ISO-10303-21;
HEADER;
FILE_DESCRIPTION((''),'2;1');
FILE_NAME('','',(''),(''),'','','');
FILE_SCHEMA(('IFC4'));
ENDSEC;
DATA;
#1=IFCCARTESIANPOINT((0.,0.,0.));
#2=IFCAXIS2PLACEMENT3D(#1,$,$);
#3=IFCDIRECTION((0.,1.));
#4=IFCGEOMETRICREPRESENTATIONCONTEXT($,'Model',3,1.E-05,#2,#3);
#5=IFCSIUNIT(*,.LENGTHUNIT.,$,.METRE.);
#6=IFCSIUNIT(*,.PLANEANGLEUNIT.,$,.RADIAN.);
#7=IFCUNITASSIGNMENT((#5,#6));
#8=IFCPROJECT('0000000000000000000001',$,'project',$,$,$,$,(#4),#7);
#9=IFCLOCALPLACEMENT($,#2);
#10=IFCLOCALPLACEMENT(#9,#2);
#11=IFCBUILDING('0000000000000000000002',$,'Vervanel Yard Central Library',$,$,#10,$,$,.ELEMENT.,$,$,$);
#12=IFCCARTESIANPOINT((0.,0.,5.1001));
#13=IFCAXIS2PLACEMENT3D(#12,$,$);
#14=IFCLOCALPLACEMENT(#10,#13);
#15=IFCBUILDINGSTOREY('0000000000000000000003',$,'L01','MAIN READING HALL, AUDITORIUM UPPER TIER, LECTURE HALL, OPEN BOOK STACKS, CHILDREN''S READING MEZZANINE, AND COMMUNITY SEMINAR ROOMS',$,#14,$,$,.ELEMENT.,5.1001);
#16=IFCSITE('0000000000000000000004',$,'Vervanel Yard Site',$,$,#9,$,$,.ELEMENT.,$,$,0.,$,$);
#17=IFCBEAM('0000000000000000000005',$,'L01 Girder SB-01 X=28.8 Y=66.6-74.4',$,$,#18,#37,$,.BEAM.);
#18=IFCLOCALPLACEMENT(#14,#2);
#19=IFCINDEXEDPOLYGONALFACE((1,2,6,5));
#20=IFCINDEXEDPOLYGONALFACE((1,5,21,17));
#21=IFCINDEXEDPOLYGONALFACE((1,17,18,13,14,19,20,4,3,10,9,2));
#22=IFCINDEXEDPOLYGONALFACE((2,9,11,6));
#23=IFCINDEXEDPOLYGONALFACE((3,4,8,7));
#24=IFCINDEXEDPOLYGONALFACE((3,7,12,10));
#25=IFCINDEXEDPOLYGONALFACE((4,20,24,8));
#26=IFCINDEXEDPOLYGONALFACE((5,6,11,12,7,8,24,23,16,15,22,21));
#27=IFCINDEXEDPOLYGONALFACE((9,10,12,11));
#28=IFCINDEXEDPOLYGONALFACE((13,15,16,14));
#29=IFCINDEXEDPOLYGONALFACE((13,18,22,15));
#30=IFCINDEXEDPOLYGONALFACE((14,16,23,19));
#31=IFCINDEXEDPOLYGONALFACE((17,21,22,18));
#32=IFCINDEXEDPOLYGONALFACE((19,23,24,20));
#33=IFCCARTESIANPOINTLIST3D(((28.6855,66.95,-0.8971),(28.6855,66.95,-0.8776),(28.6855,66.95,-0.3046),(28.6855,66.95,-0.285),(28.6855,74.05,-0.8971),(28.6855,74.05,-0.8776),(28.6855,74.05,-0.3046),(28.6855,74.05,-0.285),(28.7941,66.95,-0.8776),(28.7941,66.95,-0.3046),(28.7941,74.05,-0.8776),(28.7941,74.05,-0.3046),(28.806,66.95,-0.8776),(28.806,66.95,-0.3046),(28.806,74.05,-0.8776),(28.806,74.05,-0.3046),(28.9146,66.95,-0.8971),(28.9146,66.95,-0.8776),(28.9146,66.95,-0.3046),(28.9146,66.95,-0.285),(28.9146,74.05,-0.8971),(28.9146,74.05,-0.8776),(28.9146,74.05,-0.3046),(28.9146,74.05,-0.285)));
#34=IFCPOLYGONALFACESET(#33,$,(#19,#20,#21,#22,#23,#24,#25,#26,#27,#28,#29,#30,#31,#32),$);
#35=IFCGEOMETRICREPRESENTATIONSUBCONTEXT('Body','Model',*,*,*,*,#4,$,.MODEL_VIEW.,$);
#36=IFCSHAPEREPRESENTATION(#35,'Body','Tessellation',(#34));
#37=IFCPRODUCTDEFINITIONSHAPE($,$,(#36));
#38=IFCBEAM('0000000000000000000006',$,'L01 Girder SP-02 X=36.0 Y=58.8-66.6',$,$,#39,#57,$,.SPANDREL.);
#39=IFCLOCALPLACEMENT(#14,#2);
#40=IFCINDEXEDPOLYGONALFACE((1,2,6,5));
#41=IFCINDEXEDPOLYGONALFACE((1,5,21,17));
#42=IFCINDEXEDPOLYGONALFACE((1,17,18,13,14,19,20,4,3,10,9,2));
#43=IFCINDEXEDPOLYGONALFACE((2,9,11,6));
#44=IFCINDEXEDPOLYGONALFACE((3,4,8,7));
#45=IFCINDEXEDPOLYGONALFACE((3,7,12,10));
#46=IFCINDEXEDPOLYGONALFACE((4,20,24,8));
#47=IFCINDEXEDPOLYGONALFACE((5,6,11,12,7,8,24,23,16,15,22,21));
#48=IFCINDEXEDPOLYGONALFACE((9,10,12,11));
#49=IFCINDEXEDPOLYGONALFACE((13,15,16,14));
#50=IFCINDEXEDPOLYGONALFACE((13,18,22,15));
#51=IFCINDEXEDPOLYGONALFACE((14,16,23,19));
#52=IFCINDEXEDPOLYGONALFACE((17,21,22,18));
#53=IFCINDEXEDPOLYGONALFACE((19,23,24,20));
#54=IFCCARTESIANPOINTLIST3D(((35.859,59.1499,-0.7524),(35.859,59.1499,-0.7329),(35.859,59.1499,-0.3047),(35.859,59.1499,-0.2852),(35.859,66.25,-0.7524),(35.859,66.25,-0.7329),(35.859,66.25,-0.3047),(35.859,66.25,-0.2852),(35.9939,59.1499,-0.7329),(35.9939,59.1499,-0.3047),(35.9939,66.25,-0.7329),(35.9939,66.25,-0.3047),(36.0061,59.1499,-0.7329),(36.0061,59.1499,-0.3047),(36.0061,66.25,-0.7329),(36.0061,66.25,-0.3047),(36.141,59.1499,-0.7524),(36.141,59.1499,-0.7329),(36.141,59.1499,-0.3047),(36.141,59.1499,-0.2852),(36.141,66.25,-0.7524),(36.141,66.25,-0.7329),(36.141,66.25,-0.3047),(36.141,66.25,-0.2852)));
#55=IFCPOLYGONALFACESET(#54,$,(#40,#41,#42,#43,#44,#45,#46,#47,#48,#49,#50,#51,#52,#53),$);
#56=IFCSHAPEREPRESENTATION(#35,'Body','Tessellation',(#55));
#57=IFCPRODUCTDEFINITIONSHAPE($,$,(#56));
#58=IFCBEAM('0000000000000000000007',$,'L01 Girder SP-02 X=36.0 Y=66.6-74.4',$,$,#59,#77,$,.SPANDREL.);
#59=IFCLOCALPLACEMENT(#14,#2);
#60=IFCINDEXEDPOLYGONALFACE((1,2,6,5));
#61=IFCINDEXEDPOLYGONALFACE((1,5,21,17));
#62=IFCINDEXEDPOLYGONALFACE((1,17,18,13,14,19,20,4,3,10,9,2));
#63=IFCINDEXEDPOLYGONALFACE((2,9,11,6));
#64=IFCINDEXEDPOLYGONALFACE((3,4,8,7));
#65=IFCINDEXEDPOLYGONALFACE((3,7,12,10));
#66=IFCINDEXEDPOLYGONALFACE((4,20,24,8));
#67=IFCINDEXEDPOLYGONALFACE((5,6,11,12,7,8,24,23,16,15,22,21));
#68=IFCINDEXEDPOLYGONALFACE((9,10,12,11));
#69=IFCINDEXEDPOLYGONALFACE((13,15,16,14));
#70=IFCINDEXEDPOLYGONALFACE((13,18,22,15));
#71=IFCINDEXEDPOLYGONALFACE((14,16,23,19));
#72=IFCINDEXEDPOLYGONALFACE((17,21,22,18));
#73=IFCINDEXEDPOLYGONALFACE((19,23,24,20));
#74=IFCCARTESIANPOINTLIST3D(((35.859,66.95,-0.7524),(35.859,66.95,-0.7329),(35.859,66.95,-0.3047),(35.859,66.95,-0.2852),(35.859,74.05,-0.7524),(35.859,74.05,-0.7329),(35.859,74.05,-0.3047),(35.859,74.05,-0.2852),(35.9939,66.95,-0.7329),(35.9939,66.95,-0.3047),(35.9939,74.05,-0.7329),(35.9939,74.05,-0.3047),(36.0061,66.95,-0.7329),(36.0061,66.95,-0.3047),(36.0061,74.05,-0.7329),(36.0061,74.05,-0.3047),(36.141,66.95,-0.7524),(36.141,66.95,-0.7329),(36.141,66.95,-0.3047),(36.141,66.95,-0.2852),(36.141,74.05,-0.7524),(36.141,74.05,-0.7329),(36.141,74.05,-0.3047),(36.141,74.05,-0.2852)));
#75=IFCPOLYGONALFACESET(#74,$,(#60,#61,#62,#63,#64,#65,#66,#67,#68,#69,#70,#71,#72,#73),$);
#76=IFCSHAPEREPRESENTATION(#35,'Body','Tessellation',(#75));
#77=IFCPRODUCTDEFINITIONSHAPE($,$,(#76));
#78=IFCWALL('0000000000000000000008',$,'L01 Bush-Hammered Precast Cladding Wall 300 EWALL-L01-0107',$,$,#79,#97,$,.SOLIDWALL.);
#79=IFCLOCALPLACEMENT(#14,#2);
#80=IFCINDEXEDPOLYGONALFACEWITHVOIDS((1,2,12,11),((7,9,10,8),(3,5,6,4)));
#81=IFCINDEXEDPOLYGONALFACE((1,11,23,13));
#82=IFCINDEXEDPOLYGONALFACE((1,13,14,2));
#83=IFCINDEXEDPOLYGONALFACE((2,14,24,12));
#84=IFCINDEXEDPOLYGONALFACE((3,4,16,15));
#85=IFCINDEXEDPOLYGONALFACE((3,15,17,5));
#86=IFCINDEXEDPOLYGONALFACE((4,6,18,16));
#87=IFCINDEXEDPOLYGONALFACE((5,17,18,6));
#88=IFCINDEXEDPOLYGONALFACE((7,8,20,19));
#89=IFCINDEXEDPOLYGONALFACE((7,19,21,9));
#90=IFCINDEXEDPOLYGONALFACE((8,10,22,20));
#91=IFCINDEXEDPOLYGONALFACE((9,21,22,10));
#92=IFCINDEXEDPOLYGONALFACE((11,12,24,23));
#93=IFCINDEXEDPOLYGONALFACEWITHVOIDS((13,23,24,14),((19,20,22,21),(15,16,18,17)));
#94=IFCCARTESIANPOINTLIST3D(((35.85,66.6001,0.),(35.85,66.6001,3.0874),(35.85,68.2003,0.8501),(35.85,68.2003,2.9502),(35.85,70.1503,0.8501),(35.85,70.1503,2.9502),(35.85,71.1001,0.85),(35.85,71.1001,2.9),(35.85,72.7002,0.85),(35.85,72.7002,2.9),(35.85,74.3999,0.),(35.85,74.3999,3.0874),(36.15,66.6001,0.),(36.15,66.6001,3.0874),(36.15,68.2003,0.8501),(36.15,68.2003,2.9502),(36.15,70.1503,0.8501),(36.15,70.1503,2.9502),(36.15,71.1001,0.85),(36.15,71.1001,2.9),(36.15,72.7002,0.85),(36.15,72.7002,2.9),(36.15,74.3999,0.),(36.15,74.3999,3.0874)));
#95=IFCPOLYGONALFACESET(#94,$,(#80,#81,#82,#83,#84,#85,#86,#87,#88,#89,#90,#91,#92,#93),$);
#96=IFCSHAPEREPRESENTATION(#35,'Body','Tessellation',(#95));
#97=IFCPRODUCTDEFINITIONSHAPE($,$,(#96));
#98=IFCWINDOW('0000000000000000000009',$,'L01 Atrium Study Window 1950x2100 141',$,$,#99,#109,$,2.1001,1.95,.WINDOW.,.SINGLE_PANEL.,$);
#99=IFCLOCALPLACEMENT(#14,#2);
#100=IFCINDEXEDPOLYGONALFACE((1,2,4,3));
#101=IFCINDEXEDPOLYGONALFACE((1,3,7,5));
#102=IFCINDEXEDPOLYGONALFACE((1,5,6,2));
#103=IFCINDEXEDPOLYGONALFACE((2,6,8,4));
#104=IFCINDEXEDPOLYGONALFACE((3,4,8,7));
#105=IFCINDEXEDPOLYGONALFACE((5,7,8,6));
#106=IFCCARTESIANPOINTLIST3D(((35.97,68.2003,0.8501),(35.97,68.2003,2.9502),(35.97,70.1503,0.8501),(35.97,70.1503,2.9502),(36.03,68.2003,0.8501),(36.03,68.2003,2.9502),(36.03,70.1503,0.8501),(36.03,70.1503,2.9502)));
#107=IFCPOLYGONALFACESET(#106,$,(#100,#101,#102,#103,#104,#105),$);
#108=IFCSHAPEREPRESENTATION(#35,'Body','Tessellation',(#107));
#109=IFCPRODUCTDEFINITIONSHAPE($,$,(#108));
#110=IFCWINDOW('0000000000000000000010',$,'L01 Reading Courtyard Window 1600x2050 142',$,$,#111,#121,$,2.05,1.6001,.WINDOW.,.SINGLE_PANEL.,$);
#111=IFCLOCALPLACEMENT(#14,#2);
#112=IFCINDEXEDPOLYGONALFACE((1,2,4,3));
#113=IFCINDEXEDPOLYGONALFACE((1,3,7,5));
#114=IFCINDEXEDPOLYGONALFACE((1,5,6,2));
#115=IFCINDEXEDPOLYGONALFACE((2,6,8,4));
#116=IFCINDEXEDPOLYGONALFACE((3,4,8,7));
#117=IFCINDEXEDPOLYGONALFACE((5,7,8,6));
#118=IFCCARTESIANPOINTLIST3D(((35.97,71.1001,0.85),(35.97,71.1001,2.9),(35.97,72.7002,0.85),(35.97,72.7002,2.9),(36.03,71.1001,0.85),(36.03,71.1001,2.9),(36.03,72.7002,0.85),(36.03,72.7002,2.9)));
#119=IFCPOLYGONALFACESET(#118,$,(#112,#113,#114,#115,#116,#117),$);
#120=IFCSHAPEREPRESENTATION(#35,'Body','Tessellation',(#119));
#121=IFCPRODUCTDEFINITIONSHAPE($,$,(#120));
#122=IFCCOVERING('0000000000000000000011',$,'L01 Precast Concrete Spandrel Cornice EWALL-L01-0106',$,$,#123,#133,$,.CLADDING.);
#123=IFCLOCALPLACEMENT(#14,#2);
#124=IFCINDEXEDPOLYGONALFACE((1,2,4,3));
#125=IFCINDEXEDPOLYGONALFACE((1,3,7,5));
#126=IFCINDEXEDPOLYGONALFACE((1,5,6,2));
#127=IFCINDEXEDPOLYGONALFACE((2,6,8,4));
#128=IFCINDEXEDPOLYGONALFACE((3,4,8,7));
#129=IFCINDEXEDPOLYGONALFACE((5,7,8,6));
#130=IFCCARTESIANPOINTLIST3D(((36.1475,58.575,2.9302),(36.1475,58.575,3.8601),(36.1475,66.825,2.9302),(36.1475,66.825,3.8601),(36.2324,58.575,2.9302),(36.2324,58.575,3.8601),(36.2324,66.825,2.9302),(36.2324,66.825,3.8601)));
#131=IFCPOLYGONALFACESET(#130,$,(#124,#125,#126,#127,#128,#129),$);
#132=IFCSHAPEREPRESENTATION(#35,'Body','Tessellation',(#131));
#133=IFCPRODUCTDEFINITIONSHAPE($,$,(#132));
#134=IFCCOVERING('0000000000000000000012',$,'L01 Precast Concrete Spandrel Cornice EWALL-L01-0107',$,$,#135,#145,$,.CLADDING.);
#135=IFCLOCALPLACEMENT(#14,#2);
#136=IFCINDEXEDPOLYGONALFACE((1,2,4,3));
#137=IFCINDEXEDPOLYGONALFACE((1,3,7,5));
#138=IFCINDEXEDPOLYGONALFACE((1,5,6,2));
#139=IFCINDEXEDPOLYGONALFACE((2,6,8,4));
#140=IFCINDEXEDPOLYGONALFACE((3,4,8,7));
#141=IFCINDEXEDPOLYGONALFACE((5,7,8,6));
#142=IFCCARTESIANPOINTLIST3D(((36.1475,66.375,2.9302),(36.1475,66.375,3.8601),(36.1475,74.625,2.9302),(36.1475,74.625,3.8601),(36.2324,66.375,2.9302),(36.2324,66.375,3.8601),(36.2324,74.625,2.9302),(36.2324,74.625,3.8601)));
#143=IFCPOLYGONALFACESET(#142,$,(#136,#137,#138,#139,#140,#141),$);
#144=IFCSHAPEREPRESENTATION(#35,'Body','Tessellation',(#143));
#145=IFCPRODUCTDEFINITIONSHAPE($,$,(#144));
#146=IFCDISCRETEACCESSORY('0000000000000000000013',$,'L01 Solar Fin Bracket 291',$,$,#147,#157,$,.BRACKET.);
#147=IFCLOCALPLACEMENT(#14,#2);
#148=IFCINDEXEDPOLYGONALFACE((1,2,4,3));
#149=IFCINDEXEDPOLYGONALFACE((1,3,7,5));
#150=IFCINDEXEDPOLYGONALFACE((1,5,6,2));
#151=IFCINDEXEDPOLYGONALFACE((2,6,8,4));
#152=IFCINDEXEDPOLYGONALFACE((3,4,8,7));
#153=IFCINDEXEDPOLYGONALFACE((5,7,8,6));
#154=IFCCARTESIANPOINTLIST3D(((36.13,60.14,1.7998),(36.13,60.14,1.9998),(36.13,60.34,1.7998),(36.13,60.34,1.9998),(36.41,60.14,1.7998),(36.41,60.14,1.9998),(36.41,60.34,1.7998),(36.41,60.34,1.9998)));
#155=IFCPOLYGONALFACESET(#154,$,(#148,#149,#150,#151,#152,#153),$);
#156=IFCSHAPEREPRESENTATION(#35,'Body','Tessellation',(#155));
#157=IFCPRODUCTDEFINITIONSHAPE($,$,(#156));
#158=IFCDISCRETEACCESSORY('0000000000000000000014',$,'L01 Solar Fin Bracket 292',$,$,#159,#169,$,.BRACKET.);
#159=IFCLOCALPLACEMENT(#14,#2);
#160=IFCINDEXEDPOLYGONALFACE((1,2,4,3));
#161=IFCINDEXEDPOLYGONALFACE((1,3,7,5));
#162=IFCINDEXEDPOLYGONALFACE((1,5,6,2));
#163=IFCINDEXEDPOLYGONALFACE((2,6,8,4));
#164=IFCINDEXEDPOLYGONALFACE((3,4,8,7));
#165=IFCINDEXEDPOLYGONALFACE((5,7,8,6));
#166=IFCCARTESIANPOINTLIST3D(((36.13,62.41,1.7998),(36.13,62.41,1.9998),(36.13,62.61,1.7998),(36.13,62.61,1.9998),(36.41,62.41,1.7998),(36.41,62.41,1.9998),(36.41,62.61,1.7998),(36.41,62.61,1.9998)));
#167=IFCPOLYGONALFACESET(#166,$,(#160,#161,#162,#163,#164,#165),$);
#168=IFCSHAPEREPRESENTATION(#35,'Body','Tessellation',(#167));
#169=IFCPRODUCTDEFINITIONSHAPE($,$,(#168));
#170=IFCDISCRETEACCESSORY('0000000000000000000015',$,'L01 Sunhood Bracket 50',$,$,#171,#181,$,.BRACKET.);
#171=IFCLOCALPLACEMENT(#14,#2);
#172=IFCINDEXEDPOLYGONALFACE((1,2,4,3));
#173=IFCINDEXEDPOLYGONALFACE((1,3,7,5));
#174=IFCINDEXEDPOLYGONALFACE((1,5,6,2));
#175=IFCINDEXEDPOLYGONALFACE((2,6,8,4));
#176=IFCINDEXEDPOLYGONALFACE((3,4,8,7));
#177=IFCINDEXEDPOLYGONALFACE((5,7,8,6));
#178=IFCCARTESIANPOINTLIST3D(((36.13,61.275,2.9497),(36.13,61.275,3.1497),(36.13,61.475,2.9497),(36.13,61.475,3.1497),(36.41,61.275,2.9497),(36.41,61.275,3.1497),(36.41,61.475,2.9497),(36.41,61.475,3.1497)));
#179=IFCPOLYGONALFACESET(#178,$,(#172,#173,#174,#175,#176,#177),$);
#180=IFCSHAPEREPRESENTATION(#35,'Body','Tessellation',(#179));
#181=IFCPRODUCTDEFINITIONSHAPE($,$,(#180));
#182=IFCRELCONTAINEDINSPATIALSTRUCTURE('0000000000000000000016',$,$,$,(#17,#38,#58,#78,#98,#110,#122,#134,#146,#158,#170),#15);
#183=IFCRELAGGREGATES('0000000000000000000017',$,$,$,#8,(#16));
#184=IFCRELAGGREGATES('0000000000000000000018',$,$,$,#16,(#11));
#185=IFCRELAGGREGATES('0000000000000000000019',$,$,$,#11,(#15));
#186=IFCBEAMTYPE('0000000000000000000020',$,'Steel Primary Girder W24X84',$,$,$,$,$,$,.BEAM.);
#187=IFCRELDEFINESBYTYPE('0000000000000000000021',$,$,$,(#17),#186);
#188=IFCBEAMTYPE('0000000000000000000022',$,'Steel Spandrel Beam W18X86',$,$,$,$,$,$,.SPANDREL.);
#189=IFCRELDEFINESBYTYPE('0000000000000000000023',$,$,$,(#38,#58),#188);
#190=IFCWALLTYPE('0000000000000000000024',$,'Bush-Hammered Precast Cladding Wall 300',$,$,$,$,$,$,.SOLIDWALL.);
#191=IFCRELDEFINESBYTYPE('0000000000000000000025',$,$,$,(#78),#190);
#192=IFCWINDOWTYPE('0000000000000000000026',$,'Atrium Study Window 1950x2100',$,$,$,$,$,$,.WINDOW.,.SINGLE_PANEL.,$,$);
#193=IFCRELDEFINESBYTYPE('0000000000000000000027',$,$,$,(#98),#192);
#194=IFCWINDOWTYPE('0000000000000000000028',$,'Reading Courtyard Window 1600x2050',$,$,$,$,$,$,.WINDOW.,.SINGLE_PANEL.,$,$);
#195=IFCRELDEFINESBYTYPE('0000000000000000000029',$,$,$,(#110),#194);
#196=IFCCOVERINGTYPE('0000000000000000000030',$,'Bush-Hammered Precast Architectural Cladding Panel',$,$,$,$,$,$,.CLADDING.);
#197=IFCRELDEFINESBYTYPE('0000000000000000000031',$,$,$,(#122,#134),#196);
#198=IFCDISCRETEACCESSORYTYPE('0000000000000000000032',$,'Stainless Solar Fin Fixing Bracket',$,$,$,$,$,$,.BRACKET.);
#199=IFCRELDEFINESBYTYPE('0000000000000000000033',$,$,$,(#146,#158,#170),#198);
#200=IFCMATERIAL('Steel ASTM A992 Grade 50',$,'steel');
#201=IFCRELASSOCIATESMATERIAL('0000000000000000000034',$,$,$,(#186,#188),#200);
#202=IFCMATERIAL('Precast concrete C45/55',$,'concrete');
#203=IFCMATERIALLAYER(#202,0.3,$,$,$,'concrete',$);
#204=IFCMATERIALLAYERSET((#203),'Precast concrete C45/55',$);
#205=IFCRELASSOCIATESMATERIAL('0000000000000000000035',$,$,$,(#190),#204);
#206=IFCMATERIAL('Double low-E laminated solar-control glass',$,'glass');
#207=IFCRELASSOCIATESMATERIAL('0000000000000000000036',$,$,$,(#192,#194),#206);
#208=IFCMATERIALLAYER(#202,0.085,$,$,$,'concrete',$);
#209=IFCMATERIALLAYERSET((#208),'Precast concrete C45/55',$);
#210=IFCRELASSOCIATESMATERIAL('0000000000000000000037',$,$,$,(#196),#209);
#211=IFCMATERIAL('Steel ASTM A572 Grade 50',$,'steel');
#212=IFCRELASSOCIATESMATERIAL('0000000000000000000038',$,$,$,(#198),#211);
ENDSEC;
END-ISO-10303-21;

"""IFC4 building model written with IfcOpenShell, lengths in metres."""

from ifc_helpers import new_model, si_unit, direction, frame, frame_2d, origin, origin_2d, place, context, subcontext, project, spatial, rectangle, i_section, extrude, material, layer, layer_set, material_profile, profile_set, type_object, element, fill, save


model = new_model("IFC4")

# Units and contexts
model_context = context("Model", 3, precision=1e-05, world=origin(), true_north=direction((0.0, 1.0)))
body_context = subcontext(model_context, "Body", "Model", "MODEL_VIEW")
ifc_project = project(units=[si_unit("LENGTHUNIT", "METRE"), si_unit("PLANEANGLEUNIT", "RADIAN")], contexts=[model_context])

# Site, building, storey
site_placement = place(None, origin())
site = spatial("IfcSite", under=ifc_project, at=site_placement, Name="Vervanel Yard Site", CompositionType="ELEMENT", RefElevation=0.0)
building_placement = place(site_placement, origin())
building = spatial("IfcBuilding", under=site, at=building_placement, Name="Vervanel Yard Central Library", CompositionType="ELEMENT")
storey_placement = place(building_placement, frame((0.0, 0.0, 5.1001)))
storey = spatial("IfcBuildingStorey", under=building, at=storey_placement, Name="L01", Description="MAIN READING HALL, AUDITORIUM UPPER TIER, LECTURE HALL, OPEN BOOK STACKS, CHILDREN'S READING MEZZANINE, AND COMMUNITY SEMINAR ROOMS", CompositionType="ELEMENT", Elevation=5.1001)

# Beams
ifc_material_1 = material(Name="Steel ASTM A992 Grade 50", Category="steel")
ifc_material_profile_1 = material_profile(ifc_material_1, i_section(OverallWidth=0.229, OverallDepth=0.6121, WebThickness=0.012, FlangeThickness=0.0195, at=origin_2d()), Name="W24X84", Category="steel")
ifc_profile_set_1 = profile_set([ifc_material_profile_1], Name="Steel ASTM A992 Grade 50")
beam_type_1 = type_object("IfcBeamType", Name="Steel Primary Girder W24X84", PredefinedType="BEAM", material=ifc_profile_set_1)
beam_1_placement = place(storey_placement, frame((28.8, 66.95, -0.5911), z_axis=(0.0, 1.0, 0.0), x_axis=(-1.0, 0.0, 0.0)))
element("IfcBeam", 1, at=beam_1_placement, inside=storey, type_object=beam_type_1, Name="L01 Girder SB-01 X=28.8 Y=66.6-74.4", PredefinedType="BEAM", context=body_context, shape_type="SweptSolid", body=[
    extrude(i_section(OverallWidth=0.229, OverallDepth=0.6121, WebThickness=0.012, FlangeThickness=0.0195, at=origin_2d()), origin(), (0.0, 0.0, 1.0), 7.1001),
])
ifc_material_profile_2 = material_profile(ifc_material_1, i_section(OverallWidth=0.282, OverallDepth=0.4673, WebThickness=0.0122, FlangeThickness=0.0195, at=origin_2d()), Name="W18X86", Category="steel")
ifc_profile_set_2 = profile_set([ifc_material_profile_2], Name="Steel ASTM A992 Grade 50")
beam_type_2 = type_object("IfcBeamType", Name="Steel Spandrel Beam W18X86", PredefinedType="SPANDREL", material=ifc_profile_set_2)
for number, where, z_axis, x_axis, name in (
    (2, (36.0, 59.1499, -0.5188), (0.0, 1.0, 0.0), (-1.0, 0.0, 0.0), "L01 Girder SP-02 X=36.0 Y=58.8-66.6"),
    (3, (36.0, 66.95, -0.5188), (0.0, 1.0, 0.0), (-1.0, 0.0, 0.0), "L01 Girder SP-02 X=36.0 Y=66.6-74.4"),
):
    element("IfcBeam", number, at=place(storey_placement, frame(where, z_axis=z_axis, x_axis=x_axis)), inside=storey, type_object=beam_type_2, Name=name, PredefinedType="SPANDREL", context=body_context, shape_type="SweptSolid", body=[
        extrude(i_section(OverallWidth=0.282, OverallDepth=0.4673, WebThickness=0.0122, FlangeThickness=0.0195, at=origin_2d()), origin(), (0.0, 0.0, 1.0), 7.1001),
    ])

# Wall, openings, windows
ifc_material_2 = material(Name="Precast concrete C45/55", Category="concrete")
ifc_layer_1 = layer(ifc_material_2, 0.3, Category="concrete")
ifc_layer_set_1 = layer_set([ifc_layer_1], Name="Precast concrete C45/55")
wall_type = type_object("IfcWallType", Name="Bush-Hammered Precast Cladding Wall 300", PredefinedType="SOLIDWALL", material=ifc_layer_set_1)
wall_placement = place(storey_placement, frame((36.0, 66.6001, 0.0), z_axis=(0.0, 0.0, 1.0), x_axis=(0.0, 1.0, 0.0)))
wall = element("IfcWall", 4, at=wall_placement, inside=storey, type_object=wall_type, Name="L01 Bush-Hammered Precast Cladding Wall 300 EWALL-L01-0107", PredefinedType="SOLIDWALL", context=body_context, shape_type="SweptSolid", body=[
    extrude(rectangle(XDim=7.7998, YDim=0.3, at=frame_2d((3.8999, 0.0))), origin(), (0.0, 0.0, 1.0), 3.0874),
])
opening_1_placement = place(wall_placement, frame((1.6001, 0.0, 0.8501)))
opening_1 = element("IfcOpeningElement", 5, at=opening_1_placement, cuts=wall, PredefinedType="OPENING", context=body_context, shape_type="SweptSolid", body=[
    extrude(rectangle(XDim=1.95, YDim=2.1001, at=frame_2d((0.9751, 1.05))), frame((0.0, 0.1599, 0.0), z_axis=(0.0, -1.0, 0.0), x_axis=(1.0, 0.0, 0.0)), (0.0, 0.0, 1.0), 0.3201),
])
opening_2_placement = place(wall_placement, frame((4.5, 0.0, 0.8501)))
opening_2 = element("IfcOpeningElement", 6, at=opening_2_placement, cuts=wall, PredefinedType="OPENING", context=body_context, shape_type="SweptSolid", body=[
    extrude(rectangle(XDim=1.6001, YDim=2.05, at=frame_2d((0.8, 1.0249))), frame((0.0, 0.1599, 0.0), z_axis=(0.0, -1.0, 0.0), x_axis=(1.0, 0.0, 0.0)), (0.0, 0.0, 1.0), 0.3201),
])
ifc_material_3 = material(Name="Double low-E laminated solar-control glass", Category="glass")
window_type_1 = type_object("IfcWindowType", Name="Atrium Study Window 1950x2100", PartitioningType="SINGLE_PANEL", PredefinedType="WINDOW", material=ifc_material_3)
window_1_placement = place(opening_1_placement, origin())
window_1 = element("IfcWindow", 7, at=window_1_placement, inside=storey, type_object=window_type_1, Name="L01 Atrium Study Window 1950x2100 141", OverallHeight=2.1001, OverallWidth=1.95, PartitioningType="SINGLE_PANEL", PredefinedType="WINDOW", context=body_context, shape_type="SweptSolid", body=[
    extrude(rectangle(XDim=1.95, YDim=2.1001, at=frame_2d((0.9751, 1.05))), frame((0.0, 0.03, 0.0), z_axis=(0.0, -1.0, 0.0), x_axis=(1.0, 0.0, 0.0)), (0.0, 0.0, 1.0), 0.0601),
])
fill(opening_1, window_1)
window_type_2 = type_object("IfcWindowType", Name="Reading Courtyard Window 1600x2050", PartitioningType="SINGLE_PANEL", PredefinedType="WINDOW", material=ifc_material_3)
window_2_placement = place(opening_2_placement, origin())
window_2 = element("IfcWindow", 8, at=window_2_placement, inside=storey, type_object=window_type_2, Name="L01 Reading Courtyard Window 1600x2050 142", OverallHeight=2.05, OverallWidth=1.6001, PartitioningType="SINGLE_PANEL", PredefinedType="WINDOW", context=body_context, shape_type="SweptSolid", body=[
    extrude(rectangle(XDim=1.6001, YDim=2.05, at=frame_2d((0.8, 1.0249))), frame((0.0, 0.03, 0.0), z_axis=(0.0, -1.0, 0.0), x_axis=(1.0, 0.0, 0.0)), (0.0, 0.0, 1.0), 0.0601),
])
fill(opening_2, window_2)

# Coverings
ifc_layer_2 = layer(ifc_material_2, 0.085, Category="concrete")
ifc_layer_set_2 = layer_set([ifc_layer_2], Name="Precast concrete C45/55")
covering_type = type_object("IfcCoveringType", Name="Bush-Hammered Precast Architectural Cladding Panel", PredefinedType="CLADDING", material=ifc_layer_set_2)
for number, where, z_axis, x_axis, name in (
    (9, (36.1899, 62.7, 2.9302), (0.0, 0.0, 1.0), (0.0, 1.0, 0.0), "L01 Precast Concrete Spandrel Cornice EWALL-L01-0106"),
    (10, (36.1899, 70.5, 2.9302), (0.0, 0.0, 1.0), (0.0, 1.0, 0.0), "L01 Precast Concrete Spandrel Cornice EWALL-L01-0107"),
):
    element("IfcCovering", number, at=place(storey_placement, frame(where, z_axis=z_axis, x_axis=x_axis)), inside=storey, type_object=covering_type, Name=name, PredefinedType="CLADDING", context=body_context, shape_type="SweptSolid", body=[
        extrude(rectangle(XDim=8.25, YDim=0.085, at=origin_2d()), origin(), (0.0, 0.0, 1.0), 0.9299),
    ])

# Discrete accessories
ifc_material_4 = material(Name="Steel ASTM A572 Grade 50", Category="steel")
discrete_accessory_type = type_object("IfcDiscreteAccessoryType", Name="Stainless Solar Fin Fixing Bracket", PredefinedType="BRACKET", material=ifc_material_4)
for number, where, z_axis, x_axis, name in (
    (11, (36.27, 60.24, 1.7998), (0.0, 0.0, 1.0), (0.0, 1.0, 0.0), "L01 Solar Fin Bracket 291"),
    (12, (36.27, 62.51, 1.7998), (0.0, 0.0, 1.0), (0.0, 1.0, 0.0), "L01 Solar Fin Bracket 292"),
    (13, (36.27, 61.375, 2.9497), (0.0, 0.0, 1.0), (0.0, 1.0, 0.0), "L01 Sunhood Bracket 50"),
):
    element("IfcDiscreteAccessory", number, at=place(storey_placement, frame(where, z_axis=z_axis, x_axis=x_axis)), inside=storey, type_object=discrete_accessory_type, Name=name, PredefinedType="BRACKET", context=body_context, shape_type="SweptSolid", body=[
        extrude(rectangle(XDim=0.2, YDim=0.28, at=origin_2d()), origin(), (0.0, 0.0, 1.0), 0.2),
    ])

save(model, "model.ifc")
